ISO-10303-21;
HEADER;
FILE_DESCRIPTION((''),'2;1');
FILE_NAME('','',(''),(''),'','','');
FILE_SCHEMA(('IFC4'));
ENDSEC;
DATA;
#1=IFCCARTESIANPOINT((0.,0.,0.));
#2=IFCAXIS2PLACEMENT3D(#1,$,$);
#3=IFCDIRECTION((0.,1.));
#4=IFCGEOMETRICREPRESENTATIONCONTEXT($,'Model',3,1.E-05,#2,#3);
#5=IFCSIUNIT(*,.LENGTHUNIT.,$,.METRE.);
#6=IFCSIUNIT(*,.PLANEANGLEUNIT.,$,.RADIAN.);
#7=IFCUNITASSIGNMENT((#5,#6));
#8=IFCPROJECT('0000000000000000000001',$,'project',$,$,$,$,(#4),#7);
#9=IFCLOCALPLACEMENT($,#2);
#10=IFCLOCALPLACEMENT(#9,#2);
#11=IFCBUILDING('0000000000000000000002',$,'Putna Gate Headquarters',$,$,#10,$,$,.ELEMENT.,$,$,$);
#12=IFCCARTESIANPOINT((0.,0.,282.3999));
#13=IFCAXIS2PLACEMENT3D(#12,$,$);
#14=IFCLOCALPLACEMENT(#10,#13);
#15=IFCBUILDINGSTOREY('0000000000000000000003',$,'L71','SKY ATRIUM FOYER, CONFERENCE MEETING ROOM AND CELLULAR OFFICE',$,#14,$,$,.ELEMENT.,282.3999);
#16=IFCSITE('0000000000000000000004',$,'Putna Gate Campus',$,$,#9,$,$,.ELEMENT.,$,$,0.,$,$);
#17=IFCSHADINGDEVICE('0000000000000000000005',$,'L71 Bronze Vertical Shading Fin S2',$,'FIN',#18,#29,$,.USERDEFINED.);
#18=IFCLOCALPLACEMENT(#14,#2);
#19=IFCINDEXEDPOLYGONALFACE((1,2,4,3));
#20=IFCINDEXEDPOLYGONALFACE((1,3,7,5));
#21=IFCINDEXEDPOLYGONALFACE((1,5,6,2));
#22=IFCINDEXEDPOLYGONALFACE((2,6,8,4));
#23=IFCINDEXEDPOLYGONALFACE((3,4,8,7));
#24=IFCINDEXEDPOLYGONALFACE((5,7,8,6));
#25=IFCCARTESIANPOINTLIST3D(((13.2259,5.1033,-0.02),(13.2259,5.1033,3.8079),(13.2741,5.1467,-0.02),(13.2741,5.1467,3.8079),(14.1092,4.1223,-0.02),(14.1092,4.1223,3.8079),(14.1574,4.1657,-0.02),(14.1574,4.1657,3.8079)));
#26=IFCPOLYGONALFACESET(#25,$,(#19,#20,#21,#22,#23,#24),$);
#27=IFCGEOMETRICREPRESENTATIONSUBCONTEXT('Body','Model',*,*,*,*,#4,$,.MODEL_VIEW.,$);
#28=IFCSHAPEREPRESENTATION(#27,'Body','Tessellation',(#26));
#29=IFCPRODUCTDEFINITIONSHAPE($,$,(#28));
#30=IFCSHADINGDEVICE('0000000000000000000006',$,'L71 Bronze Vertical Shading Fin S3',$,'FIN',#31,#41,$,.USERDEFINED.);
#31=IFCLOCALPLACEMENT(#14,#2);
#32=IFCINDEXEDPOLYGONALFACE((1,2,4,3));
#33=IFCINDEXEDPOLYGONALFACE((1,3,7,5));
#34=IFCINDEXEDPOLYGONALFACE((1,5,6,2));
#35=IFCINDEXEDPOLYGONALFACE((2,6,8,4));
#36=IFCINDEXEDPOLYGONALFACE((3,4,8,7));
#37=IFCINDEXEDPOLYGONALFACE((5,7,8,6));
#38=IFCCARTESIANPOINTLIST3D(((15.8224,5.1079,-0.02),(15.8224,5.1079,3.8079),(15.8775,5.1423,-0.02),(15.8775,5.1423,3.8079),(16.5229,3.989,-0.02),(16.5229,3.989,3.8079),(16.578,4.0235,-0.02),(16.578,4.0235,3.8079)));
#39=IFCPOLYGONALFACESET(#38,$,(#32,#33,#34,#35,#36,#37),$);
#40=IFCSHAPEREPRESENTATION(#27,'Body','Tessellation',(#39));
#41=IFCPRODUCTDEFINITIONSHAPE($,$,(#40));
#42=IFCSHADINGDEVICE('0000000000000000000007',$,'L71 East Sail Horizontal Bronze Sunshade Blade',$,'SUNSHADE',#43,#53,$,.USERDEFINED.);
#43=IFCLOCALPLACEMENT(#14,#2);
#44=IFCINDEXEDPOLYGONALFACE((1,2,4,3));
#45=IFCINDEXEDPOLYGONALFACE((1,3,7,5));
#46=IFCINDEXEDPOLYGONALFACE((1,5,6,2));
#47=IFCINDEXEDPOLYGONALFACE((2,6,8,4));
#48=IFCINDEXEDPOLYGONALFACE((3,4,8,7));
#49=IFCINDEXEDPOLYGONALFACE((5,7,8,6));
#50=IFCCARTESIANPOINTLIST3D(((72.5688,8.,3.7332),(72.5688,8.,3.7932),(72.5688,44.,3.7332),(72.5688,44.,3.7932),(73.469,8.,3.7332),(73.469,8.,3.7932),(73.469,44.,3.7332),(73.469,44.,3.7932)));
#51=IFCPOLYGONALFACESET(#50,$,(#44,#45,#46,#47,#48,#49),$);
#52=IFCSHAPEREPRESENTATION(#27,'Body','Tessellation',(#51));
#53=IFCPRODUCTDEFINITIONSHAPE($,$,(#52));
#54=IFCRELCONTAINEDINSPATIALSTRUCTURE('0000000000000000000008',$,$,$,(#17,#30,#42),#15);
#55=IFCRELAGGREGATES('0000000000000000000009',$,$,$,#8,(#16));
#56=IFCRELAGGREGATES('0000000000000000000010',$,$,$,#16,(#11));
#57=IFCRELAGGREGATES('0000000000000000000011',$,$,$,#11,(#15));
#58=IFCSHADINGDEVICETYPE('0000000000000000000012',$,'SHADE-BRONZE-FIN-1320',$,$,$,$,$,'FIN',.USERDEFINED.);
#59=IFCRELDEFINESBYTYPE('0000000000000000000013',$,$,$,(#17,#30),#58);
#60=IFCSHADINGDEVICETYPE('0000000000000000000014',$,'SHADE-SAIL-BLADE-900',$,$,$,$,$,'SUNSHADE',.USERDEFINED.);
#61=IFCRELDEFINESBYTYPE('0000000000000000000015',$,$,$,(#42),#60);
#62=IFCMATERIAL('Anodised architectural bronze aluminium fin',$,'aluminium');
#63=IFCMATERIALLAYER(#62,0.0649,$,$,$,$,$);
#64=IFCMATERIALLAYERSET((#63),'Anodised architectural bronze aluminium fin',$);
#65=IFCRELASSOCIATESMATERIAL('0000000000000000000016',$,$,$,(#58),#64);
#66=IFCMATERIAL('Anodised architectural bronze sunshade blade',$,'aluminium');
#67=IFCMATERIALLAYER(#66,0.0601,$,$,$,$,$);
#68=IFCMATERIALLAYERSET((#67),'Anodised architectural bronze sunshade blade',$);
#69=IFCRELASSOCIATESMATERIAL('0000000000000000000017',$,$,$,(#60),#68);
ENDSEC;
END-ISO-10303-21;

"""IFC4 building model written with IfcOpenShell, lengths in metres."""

from ifc_helpers import new_model, si_unit, direction, frame, origin, origin_2d, place, context, subcontext, project, spatial, polyline, rectangle, outline, extrude, material, layer, layer_set, type_object, element, save


model = new_model("IFC4")

# Units and contexts
model_context = context("Model", 3, precision=1e-05, world=origin(), true_north=direction((0.0, 1.0)))
body_context = subcontext(model_context, "Body", "Model", "MODEL_VIEW")
ifc_project = project(units=[si_unit("LENGTHUNIT", "METRE"), si_unit("PLANEANGLEUNIT", "RADIAN")], contexts=[model_context])

# Site, building, storey
site_placement = place(None, origin())
site = spatial("IfcSite", under=ifc_project, at=site_placement, Name="Putna Gate Campus", CompositionType="ELEMENT", RefElevation=0.0)
building_placement = place(site_placement, origin())
building = spatial("IfcBuilding", under=site, at=building_placement, Name="Putna Gate Headquarters", CompositionType="ELEMENT")
storey_placement = place(building_placement, frame((0.0, 0.0, 282.3999)))
storey = spatial("IfcBuildingStorey", under=building, at=storey_placement, Name="L71", Description="SKY ATRIUM FOYER, CONFERENCE MEETING ROOM AND CELLULAR OFFICE", CompositionType="ELEMENT", Elevation=282.3999)

# Shading devices
ifc_material_1 = material(Name="Anodised architectural bronze aluminium fin", Category="aluminium")
ifc_layer_1 = layer(ifc_material_1, 0.0649)
ifc_layer_set_1 = layer_set([ifc_layer_1], Name="Anodised architectural bronze aluminium fin")
shading_device_type_1 = type_object("IfcShadingDeviceType", Name="SHADE-BRONZE-FIN-1320", ElementType="FIN", PredefinedType="USERDEFINED", material=ifc_layer_set_1)
for number, where, z_axis, x_axis, name in (
    (1, (13.6917, 4.6345, -0.02), (0.0, 0.0, 1.0), (0.669131, -0.743145, 0.0), "L71 Bronze Vertical Shading Fin S2"),
    (2, (16.2002, 4.5657, -0.02), (0.0, 0.0, 1.0), (0.530659, -0.847585, 0.0), "L71 Bronze Vertical Shading Fin S3"),
):
    element("IfcShadingDevice", number, at=place(storey_placement, frame(where, z_axis=z_axis, x_axis=x_axis)), inside=storey, type_object=shading_device_type_1, Name=name, ObjectType="FIN", PredefinedType="USERDEFINED", context=body_context, shape_type="SweptSolid", body=[
        extrude(rectangle(XDim=1.3201, YDim=0.0649, at=origin_2d()), origin(), (0.0, 0.0, 1.0), 3.8279),
    ])
ifc_material_2 = material(Name="Anodised architectural bronze sunshade blade", Category="aluminium")
ifc_layer_2 = layer(ifc_material_2, 0.0601)
ifc_layer_set_2 = layer_set([ifc_layer_2], Name="Anodised architectural bronze sunshade blade")
shading_device_type_2 = type_object("IfcShadingDeviceType", Name="SHADE-SAIL-BLADE-900", ElementType="SUNSHADE", PredefinedType="USERDEFINED", material=ifc_layer_set_2)
shading_device_placement = place(storey_placement, frame((0.0, 0.0, 3.7332)))
element("IfcShadingDevice", 3, at=shading_device_placement, inside=storey, type_object=shading_device_type_2, Name="L71 East Sail Horizontal Bronze Sunshade Blade", ObjectType="SUNSHADE", PredefinedType="USERDEFINED", context=body_context, shape_type="SweptSolid", body=[
    extrude(outline(polyline([(72.5688, 8.0), (73.469, 8.0), (73.469, 44.0), (72.5688, 44.0), (72.5688, 8.0)])), origin(), (0.0, 0.0, 1.0), 0.0601),
])

save(model, "model.ifc")
